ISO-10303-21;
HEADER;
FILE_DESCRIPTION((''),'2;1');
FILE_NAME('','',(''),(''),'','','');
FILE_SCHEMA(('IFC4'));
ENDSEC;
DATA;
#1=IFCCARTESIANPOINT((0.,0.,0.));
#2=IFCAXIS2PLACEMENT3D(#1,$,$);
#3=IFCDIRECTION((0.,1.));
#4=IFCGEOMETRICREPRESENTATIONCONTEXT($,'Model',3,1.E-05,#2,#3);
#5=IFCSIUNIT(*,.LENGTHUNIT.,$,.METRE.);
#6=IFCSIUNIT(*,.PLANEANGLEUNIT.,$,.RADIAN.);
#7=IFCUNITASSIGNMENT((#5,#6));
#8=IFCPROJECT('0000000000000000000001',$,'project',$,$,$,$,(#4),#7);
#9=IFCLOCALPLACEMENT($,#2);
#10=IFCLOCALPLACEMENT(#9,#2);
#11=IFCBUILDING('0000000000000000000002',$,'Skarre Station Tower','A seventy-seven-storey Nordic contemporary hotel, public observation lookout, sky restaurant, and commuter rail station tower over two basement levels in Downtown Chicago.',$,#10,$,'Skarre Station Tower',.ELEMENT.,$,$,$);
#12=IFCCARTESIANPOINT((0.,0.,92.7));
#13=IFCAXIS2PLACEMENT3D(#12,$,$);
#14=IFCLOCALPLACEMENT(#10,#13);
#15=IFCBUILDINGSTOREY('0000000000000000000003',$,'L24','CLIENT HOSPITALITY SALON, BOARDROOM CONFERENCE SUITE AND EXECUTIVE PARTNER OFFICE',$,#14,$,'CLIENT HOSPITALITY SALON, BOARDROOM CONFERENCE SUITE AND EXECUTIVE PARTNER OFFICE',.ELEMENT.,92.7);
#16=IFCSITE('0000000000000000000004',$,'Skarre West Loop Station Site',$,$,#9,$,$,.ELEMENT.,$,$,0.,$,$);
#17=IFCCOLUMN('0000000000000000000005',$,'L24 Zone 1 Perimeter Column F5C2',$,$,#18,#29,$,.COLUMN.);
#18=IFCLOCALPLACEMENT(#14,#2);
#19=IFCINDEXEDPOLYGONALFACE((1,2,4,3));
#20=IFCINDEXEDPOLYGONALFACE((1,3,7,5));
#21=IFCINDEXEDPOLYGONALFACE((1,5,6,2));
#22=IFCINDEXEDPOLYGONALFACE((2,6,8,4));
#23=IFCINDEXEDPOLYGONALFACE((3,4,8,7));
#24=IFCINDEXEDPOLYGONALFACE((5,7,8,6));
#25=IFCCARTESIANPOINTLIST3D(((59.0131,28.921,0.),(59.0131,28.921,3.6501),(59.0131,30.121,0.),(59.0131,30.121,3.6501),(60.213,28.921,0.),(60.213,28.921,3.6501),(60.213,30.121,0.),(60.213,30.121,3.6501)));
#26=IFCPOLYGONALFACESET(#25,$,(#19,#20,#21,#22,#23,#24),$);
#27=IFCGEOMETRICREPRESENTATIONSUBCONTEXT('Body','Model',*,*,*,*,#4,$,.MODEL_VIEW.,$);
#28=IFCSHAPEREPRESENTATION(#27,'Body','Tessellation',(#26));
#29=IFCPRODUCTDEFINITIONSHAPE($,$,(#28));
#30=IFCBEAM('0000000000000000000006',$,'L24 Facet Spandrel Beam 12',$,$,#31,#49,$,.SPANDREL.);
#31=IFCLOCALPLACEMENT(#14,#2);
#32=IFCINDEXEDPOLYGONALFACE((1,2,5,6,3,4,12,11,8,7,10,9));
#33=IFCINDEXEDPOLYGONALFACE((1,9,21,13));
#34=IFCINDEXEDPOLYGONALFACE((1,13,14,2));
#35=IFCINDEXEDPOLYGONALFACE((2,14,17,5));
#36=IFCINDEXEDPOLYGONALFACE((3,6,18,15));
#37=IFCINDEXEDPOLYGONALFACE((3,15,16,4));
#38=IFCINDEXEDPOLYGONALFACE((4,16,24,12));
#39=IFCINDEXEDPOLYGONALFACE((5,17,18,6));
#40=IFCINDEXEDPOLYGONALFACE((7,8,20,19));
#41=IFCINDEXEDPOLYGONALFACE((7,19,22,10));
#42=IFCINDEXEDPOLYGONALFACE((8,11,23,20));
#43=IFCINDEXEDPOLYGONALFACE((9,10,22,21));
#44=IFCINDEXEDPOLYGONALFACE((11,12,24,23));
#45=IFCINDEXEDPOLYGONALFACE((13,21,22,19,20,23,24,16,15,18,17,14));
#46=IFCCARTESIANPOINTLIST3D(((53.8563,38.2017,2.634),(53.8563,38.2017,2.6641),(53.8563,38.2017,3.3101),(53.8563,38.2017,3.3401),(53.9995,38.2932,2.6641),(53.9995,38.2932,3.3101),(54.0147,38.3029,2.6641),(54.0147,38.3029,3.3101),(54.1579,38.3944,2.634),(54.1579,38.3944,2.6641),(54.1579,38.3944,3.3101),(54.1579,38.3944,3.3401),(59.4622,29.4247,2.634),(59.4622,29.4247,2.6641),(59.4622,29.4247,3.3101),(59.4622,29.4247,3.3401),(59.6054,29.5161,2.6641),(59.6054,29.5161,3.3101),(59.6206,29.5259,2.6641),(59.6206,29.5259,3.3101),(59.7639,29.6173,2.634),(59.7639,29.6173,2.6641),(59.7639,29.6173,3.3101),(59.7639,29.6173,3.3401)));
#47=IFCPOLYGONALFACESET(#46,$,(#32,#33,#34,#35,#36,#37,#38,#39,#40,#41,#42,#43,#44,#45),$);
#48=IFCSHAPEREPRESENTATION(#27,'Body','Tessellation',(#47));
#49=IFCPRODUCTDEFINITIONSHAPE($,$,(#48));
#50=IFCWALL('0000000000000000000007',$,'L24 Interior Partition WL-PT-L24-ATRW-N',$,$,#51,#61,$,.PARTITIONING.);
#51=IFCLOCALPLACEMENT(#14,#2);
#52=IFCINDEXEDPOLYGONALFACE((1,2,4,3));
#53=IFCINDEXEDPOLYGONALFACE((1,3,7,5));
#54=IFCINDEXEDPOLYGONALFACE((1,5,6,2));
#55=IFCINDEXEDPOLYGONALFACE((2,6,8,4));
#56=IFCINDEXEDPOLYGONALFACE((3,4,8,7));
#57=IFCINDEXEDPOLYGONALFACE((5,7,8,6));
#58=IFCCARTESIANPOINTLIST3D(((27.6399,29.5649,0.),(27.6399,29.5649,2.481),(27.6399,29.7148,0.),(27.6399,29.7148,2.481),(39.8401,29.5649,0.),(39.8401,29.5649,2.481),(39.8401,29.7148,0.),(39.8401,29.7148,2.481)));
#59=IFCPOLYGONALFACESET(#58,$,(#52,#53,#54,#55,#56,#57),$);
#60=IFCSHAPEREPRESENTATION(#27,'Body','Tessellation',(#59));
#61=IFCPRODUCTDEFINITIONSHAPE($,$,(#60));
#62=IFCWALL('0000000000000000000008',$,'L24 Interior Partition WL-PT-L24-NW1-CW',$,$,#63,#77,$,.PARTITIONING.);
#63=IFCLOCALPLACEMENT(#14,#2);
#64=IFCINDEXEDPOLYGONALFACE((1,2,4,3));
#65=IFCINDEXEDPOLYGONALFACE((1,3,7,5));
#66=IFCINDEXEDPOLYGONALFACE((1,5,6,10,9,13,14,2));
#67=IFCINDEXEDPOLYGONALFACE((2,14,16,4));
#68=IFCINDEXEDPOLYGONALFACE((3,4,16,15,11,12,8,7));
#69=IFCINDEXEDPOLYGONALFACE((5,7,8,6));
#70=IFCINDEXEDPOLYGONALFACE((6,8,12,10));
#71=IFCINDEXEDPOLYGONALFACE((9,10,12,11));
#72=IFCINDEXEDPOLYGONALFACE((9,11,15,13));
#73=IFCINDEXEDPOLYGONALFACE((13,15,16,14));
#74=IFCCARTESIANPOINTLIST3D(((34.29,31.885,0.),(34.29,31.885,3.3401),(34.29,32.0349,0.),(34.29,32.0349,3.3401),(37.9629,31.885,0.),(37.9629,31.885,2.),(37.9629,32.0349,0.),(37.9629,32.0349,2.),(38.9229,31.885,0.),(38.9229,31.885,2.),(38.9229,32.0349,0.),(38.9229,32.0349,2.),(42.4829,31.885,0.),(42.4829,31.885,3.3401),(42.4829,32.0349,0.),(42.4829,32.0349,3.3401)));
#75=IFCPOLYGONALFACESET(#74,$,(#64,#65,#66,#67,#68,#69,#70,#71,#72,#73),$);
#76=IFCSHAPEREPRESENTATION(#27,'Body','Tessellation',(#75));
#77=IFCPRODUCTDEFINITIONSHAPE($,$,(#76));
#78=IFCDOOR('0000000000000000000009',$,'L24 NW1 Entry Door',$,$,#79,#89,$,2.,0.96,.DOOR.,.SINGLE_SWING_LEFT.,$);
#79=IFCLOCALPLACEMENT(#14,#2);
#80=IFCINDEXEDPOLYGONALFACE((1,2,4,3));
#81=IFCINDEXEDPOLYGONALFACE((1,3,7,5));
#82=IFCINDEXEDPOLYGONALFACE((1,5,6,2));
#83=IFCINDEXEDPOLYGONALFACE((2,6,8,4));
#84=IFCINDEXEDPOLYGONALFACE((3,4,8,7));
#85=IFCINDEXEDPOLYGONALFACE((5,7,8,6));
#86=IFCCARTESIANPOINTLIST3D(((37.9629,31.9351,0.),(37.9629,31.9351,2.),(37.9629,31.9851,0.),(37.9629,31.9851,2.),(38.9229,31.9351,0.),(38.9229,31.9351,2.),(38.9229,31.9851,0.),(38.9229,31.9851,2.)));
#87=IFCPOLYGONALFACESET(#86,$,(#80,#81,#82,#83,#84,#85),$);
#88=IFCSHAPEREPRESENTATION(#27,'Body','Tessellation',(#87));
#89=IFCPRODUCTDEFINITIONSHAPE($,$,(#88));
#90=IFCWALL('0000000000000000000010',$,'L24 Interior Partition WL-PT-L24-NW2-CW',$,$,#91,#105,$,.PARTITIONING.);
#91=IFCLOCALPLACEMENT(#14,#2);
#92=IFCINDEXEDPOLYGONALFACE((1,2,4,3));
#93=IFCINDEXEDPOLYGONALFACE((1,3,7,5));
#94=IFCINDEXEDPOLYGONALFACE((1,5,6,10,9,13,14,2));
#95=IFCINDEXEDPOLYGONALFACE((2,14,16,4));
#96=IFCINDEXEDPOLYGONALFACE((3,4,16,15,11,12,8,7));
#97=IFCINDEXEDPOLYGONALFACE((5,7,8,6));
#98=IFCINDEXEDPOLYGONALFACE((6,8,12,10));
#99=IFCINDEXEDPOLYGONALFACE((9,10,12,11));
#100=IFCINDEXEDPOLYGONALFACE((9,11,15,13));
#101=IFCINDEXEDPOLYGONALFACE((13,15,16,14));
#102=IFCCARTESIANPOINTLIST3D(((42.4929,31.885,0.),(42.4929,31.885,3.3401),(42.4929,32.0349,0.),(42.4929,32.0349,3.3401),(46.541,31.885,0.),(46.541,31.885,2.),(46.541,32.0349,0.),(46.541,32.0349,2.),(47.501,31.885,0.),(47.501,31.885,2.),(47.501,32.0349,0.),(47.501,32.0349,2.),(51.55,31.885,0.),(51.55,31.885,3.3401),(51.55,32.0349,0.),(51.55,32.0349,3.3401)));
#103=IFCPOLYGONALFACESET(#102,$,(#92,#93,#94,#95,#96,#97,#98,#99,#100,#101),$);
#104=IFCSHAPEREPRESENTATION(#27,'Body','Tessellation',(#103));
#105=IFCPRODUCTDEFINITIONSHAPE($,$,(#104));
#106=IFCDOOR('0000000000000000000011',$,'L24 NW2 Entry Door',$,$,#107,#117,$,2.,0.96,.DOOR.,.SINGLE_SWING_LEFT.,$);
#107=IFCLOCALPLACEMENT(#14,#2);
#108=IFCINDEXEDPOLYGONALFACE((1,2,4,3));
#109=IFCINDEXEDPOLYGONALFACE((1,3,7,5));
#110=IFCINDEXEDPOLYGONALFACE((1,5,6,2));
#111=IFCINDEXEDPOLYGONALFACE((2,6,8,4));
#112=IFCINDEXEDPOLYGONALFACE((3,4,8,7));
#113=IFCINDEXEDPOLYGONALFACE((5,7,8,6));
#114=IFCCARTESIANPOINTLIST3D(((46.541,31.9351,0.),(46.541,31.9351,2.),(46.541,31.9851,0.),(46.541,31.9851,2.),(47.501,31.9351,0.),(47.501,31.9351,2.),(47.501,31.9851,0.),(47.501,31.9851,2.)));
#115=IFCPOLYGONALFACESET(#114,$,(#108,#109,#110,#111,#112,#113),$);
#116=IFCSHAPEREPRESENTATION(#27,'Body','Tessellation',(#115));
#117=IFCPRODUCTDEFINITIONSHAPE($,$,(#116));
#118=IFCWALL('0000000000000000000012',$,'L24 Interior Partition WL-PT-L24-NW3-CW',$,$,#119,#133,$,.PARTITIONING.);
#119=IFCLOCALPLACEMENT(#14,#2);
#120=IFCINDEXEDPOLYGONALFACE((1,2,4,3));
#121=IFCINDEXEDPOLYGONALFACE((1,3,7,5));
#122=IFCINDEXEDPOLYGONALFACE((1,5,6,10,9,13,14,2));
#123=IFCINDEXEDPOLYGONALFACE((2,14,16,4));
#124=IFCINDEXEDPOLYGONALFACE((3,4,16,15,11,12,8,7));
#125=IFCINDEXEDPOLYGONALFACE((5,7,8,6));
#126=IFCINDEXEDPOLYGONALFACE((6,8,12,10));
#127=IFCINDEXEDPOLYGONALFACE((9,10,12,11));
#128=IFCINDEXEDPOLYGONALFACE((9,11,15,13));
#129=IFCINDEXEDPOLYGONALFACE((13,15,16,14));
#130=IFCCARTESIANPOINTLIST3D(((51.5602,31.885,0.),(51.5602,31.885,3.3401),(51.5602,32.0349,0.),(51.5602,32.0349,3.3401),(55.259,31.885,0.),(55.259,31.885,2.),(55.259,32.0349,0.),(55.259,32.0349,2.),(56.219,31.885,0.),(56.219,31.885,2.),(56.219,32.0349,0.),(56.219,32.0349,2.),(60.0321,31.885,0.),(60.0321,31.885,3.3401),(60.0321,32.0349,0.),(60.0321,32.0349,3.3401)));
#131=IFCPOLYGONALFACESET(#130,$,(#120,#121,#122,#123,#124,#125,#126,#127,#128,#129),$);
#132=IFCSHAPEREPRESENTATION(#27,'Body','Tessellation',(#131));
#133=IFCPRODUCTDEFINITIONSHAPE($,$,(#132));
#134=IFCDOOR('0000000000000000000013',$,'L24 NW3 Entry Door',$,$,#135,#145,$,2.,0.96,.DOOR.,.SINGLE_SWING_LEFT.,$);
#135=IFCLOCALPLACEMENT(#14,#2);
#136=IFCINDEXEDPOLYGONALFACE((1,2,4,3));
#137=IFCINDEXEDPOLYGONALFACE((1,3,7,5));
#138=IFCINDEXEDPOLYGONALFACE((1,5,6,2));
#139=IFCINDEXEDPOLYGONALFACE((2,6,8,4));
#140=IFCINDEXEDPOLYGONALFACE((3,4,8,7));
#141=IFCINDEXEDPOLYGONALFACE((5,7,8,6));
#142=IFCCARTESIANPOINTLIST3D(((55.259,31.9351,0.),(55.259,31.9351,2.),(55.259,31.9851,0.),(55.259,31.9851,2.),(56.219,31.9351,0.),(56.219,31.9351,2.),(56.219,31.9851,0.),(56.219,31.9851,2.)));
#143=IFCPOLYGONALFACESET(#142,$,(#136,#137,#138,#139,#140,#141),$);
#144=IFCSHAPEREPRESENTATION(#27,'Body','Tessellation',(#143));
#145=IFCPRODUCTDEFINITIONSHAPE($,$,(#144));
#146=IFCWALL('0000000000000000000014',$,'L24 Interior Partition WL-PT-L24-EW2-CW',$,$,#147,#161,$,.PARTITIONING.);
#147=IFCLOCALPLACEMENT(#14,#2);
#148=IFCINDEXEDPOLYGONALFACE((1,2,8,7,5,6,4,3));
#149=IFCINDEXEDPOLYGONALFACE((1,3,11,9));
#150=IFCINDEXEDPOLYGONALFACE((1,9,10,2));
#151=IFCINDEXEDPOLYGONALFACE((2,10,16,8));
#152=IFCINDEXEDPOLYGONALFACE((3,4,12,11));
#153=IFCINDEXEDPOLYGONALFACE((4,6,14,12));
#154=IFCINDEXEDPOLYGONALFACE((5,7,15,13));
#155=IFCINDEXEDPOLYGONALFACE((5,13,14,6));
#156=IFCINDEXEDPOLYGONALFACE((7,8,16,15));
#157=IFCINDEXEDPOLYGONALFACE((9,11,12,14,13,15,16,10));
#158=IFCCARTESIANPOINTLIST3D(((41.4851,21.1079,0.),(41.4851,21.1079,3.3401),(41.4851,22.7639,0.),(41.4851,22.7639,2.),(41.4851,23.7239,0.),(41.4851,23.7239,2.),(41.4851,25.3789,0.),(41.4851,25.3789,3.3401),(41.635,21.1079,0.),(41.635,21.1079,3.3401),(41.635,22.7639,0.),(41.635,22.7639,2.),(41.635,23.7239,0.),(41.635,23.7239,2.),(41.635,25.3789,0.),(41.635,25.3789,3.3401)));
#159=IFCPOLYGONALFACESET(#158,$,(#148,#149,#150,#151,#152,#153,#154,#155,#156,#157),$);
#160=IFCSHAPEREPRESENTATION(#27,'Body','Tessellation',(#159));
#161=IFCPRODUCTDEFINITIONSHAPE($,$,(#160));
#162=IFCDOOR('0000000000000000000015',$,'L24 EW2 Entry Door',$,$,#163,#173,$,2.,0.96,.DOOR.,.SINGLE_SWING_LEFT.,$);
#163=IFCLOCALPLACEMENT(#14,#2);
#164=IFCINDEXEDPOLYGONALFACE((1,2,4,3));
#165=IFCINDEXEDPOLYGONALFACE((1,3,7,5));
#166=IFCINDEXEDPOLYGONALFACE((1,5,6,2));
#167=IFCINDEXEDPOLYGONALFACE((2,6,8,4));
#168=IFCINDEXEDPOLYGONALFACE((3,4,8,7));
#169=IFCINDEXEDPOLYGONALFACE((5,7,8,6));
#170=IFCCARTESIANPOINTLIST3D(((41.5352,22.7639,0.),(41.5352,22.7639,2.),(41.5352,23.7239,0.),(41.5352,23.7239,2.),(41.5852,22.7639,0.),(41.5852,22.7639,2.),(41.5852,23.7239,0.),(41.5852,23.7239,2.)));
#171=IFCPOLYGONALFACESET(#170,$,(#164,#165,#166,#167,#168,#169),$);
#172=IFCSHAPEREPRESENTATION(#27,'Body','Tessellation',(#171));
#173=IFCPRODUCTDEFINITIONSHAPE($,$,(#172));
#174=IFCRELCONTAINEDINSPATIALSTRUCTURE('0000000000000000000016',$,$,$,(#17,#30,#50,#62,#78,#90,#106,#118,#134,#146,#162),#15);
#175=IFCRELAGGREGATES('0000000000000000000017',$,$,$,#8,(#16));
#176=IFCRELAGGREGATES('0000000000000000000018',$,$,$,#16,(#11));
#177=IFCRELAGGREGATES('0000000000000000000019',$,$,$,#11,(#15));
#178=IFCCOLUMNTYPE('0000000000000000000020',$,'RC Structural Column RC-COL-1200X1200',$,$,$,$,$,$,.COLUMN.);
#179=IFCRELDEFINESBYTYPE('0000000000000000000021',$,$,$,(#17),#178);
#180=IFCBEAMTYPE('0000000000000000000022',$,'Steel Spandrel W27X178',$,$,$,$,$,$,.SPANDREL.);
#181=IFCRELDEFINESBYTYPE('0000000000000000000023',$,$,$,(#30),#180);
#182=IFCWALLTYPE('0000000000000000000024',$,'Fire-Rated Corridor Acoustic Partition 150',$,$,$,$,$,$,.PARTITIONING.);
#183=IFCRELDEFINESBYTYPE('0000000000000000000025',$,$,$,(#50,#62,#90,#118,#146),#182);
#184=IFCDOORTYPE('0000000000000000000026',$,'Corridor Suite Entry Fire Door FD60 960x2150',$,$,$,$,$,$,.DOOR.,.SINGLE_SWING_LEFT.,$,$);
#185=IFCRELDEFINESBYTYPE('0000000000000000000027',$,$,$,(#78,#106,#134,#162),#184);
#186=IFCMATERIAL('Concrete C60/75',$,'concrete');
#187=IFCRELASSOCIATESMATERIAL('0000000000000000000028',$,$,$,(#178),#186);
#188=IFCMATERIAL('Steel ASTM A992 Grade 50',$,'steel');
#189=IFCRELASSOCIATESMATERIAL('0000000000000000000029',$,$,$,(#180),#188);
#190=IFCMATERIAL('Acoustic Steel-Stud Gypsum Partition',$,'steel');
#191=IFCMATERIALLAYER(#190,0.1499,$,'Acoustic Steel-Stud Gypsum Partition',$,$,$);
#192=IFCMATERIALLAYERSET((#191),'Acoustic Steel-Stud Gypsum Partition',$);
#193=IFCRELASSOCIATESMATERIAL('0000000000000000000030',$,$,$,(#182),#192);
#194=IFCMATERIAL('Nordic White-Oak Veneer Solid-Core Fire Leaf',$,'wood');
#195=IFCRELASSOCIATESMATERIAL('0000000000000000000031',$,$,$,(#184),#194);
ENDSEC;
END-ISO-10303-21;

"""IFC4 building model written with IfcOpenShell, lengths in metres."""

from ifc_helpers import new_model, si_unit, direction, frame, frame_2d, origin, origin_2d, place, context, subcontext, project, spatial, rectangle, i_section, extrude, material, layer, layer_set, material_profile, profile_set, type_object, element, fill, save


model = new_model("IFC4")

# Units and contexts
model_context = context("Model", 3, precision=1e-05, world=origin(), true_north=direction((0.0, 1.0)))
body_context = subcontext(model_context, "Body", "Model", "MODEL_VIEW")
ifc_project = project(units=[si_unit("LENGTHUNIT", "METRE"), si_unit("PLANEANGLEUNIT", "RADIAN")], contexts=[model_context])

# Site, building, storey
site_placement = place(None, origin())
site = spatial("IfcSite", under=ifc_project, at=site_placement, Name="Skarre West Loop Station Site", CompositionType="ELEMENT", RefElevation=0.0)
building_placement = place(site_placement, origin())
building = spatial("IfcBuilding", under=site, at=building_placement, Name="Skarre Station Tower", Description="A seventy-seven-storey Nordic contemporary hotel, public observation lookout, sky restaurant, and commuter rail station tower over two basement levels in Downtown Chicago.", LongName="Skarre Station Tower", CompositionType="ELEMENT")
storey_placement = place(building_placement, frame((0.0, 0.0, 92.7)))
storey = spatial("IfcBuildingStorey", under=building, at=storey_placement, Name="L24", Description="CLIENT HOSPITALITY SALON, BOARDROOM CONFERENCE SUITE AND EXECUTIVE PARTNER OFFICE", LongName="CLIENT HOSPITALITY SALON, BOARDROOM CONFERENCE SUITE AND EXECUTIVE PARTNER OFFICE", CompositionType="ELEMENT", Elevation=92.7)

# Column
ifc_material_1 = material(Name="Concrete C60/75", Category="concrete")
ifc_material_profile_1 = material_profile(ifc_material_1, rectangle(XDim=1.2, YDim=1.2, at=origin_2d()), Name="Concrete C60/75")
ifc_profile_set_1 = profile_set([ifc_material_profile_1], Name="Concrete C60/75")
column_type = type_object("IfcColumnType", Name="RC Structural Column RC-COL-1200X1200", PredefinedType="COLUMN", material=ifc_profile_set_1)
column_placement = place(storey_placement, frame((59.613, 29.521, 0.0), z_axis=(0.0, 0.0, 1.0), x_axis=(1.0, 0.0, 0.0)))
element("IfcColumn", 1, at=column_placement, inside=storey, type_object=column_type, Name="L24 Zone 1 Perimeter Column F5C2", PredefinedType="COLUMN", context=body_context, shape_type="SweptSolid", body=[
    extrude(rectangle(XDim=1.2, YDim=1.2, at=origin_2d()), origin(), (0.0, 0.0, 1.0), 3.6501),
])

# Beam
ifc_material_2 = material(Name="Steel ASTM A992 Grade 50", Category="steel")
ifc_material_profile_2 = material_profile(ifc_material_2, i_section(OverallWidth=0.3579, OverallDepth=0.7061, WebThickness=0.0181, FlangeThickness=0.03, at=origin_2d()), Name="Steel ASTM A992 Grade 50")
ifc_profile_set_2 = profile_set([ifc_material_profile_2], Name="Steel ASTM A992 Grade 50")
beam_type = type_object("IfcBeamType", Name="Steel Spandrel W27X178", PredefinedType="SPANDREL", material=ifc_profile_set_2)
beam_placement = place(storey_placement, frame((59.613, 29.521, 2.9871), z_axis=(-0.538278, 0.842767, 0.0), x_axis=(-0.842767, -0.538278, 0.0)))
element("IfcBeam", 2, at=beam_placement, inside=storey, type_object=beam_type, Name="L24 Facet Spandrel Beam 12", PredefinedType="SPANDREL", context=body_context, shape_type="SweptSolid", body=[
    extrude(i_section(OverallWidth=0.3579, OverallDepth=0.7061, WebThickness=0.0181, FlangeThickness=0.03, at=origin_2d()), origin(), (0.0, 0.0, 1.0), 10.4146),
])

# Wall
ifc_material_3 = material(Name="Acoustic Steel-Stud Gypsum Partition", Category="steel")
ifc_layer_1 = layer(ifc_material_3, 0.1499, Name="Acoustic Steel-Stud Gypsum Partition")
ifc_layer_set_1 = layer_set([ifc_layer_1], Name="Acoustic Steel-Stud Gypsum Partition")
wall_type_1 = type_object("IfcWallType", Name="Fire-Rated Corridor Acoustic Partition 150", PredefinedType="PARTITIONING", material=ifc_layer_set_1)
wall_1_placement = place(storey_placement, frame((39.8401, 29.6399, 0.0), z_axis=(0.0, 0.0, 1.0), x_axis=(-1.0, 0.0, 0.0)))
element("IfcWall", 3, at=wall_1_placement, inside=storey, type_object=wall_type_1, Name="L24 Interior Partition WL-PT-L24-ATRW-N", PredefinedType="PARTITIONING", context=body_context, shape_type="SweptSolid", body=[
    extrude(rectangle(XDim=12.2002, YDim=0.1499, at=frame_2d((6.1001, 0.0))), origin(), (0.0, 0.0, 1.0), 2.481),
])

# Walls, openings, doors
wall_2_placement = place(storey_placement, frame((42.4829, 31.96, 0.0), z_axis=(0.0, 0.0, 1.0), x_axis=(-1.0, 0.0, 0.0)))
wall_2 = element("IfcWall", 4, at=wall_2_placement, inside=storey, type_object=wall_type_1, Name="L24 Interior Partition WL-PT-L24-NW1-CW", PredefinedType="PARTITIONING", context=body_context, shape_type="SweptSolid", body=[
    extrude(rectangle(XDim=8.1929, YDim=0.1499, at=frame_2d((4.0964, 0.0))), origin(), (0.0, 0.0, 1.0), 3.3401),
])
opening_1_placement = place(wall_2_placement, frame((3.5601, 0.0, 0.0)))
opening_1 = element("IfcOpeningElement", 5, at=opening_1_placement, cuts=wall_2, PredefinedType="OPENING", context=body_context, shape_type="SweptSolid", body=[
    extrude(rectangle(XDim=0.96, YDim=2.0, at=frame_2d((0.48, 1.0))), frame((0.0, 0.085, 0.0), z_axis=(0.0, -1.0, 0.0), x_axis=(1.0, 0.0, 0.0)), (0.0, 0.0, 1.0), 0.1699),
])
ifc_material_4 = material(Name="Nordic White-Oak Veneer Solid-Core Fire Leaf", Category="wood")
door_type = type_object("IfcDoorType", Name="Corridor Suite Entry Fire Door FD60 960x2150", OperationType="SINGLE_SWING_LEFT", PredefinedType="DOOR", material=ifc_material_4)
door_1_placement = place(opening_1_placement, origin())
door_1 = element("IfcDoor", 6, at=door_1_placement, inside=storey, type_object=door_type, Name="L24 NW1 Entry Door", OperationType="SINGLE_SWING_LEFT", OverallHeight=2.0, OverallWidth=0.96, PredefinedType="DOOR", context=body_context, shape_type="SweptSolid", body=[
    extrude(rectangle(XDim=0.96, YDim=2.0, at=frame_2d((0.48, 1.0))), frame((0.0, 0.0249, 0.0), z_axis=(0.0, -1.0, 0.0), x_axis=(1.0, 0.0, 0.0)), (0.0, 0.0, 1.0), 0.05),
])
fill(opening_1, door_1)
wall_3_placement = place(storey_placement, frame((51.55, 31.96, 0.0), z_axis=(0.0, 0.0, 1.0), x_axis=(-1.0, 0.0, 0.0)))
wall_3 = element("IfcWall", 7, at=wall_3_placement, inside=storey, type_object=wall_type_1, Name="L24 Interior Partition WL-PT-L24-NW2-CW", PredefinedType="PARTITIONING", context=body_context, shape_type="SweptSolid", body=[
    extrude(rectangle(XDim=9.0571, YDim=0.1499, at=frame_2d((4.5286, 0.0))), origin(), (0.0, 0.0, 1.0), 3.3401),
])
opening_2_placement = place(wall_3_placement, frame((4.0491, 0.0, 0.0)))
opening_2 = element("IfcOpeningElement", 8, at=opening_2_placement, cuts=wall_3, PredefinedType="OPENING", context=body_context, shape_type="SweptSolid", body=[
    extrude(rectangle(XDim=0.96, YDim=2.0, at=frame_2d((0.48, 1.0))), frame((0.0, 0.085, 0.0), z_axis=(0.0, -1.0, 0.0), x_axis=(1.0, 0.0, 0.0)), (0.0, 0.0, 1.0), 0.1699),
])
door_2_placement = place(opening_2_placement, origin())
door_2 = element("IfcDoor", 9, at=door_2_placement, inside=storey, type_object=door_type, Name="L24 NW2 Entry Door", OperationType="SINGLE_SWING_LEFT", OverallHeight=2.0, OverallWidth=0.96, PredefinedType="DOOR", context=body_context, shape_type="SweptSolid", body=[
    extrude(rectangle(XDim=0.96, YDim=2.0, at=frame_2d((0.48, 1.0))), frame((0.0, 0.0249, 0.0), z_axis=(0.0, -1.0, 0.0), x_axis=(1.0, 0.0, 0.0)), (0.0, 0.0, 1.0), 0.05),
])
fill(opening_2, door_2)
wall_4_placement = place(storey_placement, frame((60.032, 31.96, 0.0), z_axis=(0.0, 0.0, 1.0), x_axis=(-1.0, 0.0, 0.0)))
wall_4 = element("IfcWall", 10, at=wall_4_placement, inside=storey, type_object=wall_type_1, Name="L24 Interior Partition WL-PT-L24-NW3-CW", PredefinedType="PARTITIONING", context=body_context, shape_type="SweptSolid", body=[
    extrude(rectangle(XDim=8.4719, YDim=0.1499, at=frame_2d((4.2358, 0.0))), origin(), (0.0, 0.0, 1.0), 3.3401),
])
opening_3_placement = place(wall_4_placement, frame((3.813, 0.0, 0.0)))
opening_3 = element("IfcOpeningElement", 11, at=opening_3_placement, cuts=wall_4, PredefinedType="OPENING", context=body_context, shape_type="SweptSolid", body=[
    extrude(rectangle(XDim=0.96, YDim=2.0, at=frame_2d((0.48, 1.0))), frame((0.0, 0.085, 0.0), z_axis=(0.0, -1.0, 0.0), x_axis=(1.0, 0.0, 0.0)), (0.0, 0.0, 1.0), 0.1699),
])
door_3_placement = place(opening_3_placement, origin())
door_3 = element("IfcDoor", 12, at=door_3_placement, inside=storey, type_object=door_type, Name="L24 NW3 Entry Door", OperationType="SINGLE_SWING_LEFT", OverallHeight=2.0, OverallWidth=0.96, PredefinedType="DOOR", context=body_context, shape_type="SweptSolid", body=[
    extrude(rectangle(XDim=0.96, YDim=2.0, at=frame_2d((0.48, 1.0))), frame((0.0, 0.0249, 0.0), z_axis=(0.0, -1.0, 0.0), x_axis=(1.0, 0.0, 0.0)), (0.0, 0.0, 1.0), 0.05),
])
fill(opening_3, door_3)
wall_5_placement = place(storey_placement, frame((41.5601, 21.1079, 0.0), z_axis=(0.0, 0.0, 1.0), x_axis=(0.0, 1.0, 0.0)))
wall_5 = element("IfcWall", 13, at=wall_5_placement, inside=storey, type_object=wall_type_1, Name="L24 Interior Partition WL-PT-L24-EW2-CW", PredefinedType="PARTITIONING", context=body_context, shape_type="SweptSolid", body=[
    extrude(rectangle(XDim=4.271, YDim=0.1499, at=frame_2d((2.1355, 0.0))), origin(), (0.0, 0.0, 1.0), 3.3401),
])
opening_4_placement = place(wall_5_placement, frame((1.656, 0.0, 0.0)))
opening_4 = element("IfcOpeningElement", 14, at=opening_4_placement, cuts=wall_5, PredefinedType="OPENING", context=body_context, shape_type="SweptSolid", body=[
    extrude(rectangle(XDim=0.96, YDim=2.0, at=frame_2d((0.48, 1.0))), frame((0.0, 0.085, 0.0), z_axis=(0.0, -1.0, 0.0), x_axis=(1.0, 0.0, 0.0)), (0.0, 0.0, 1.0), 0.1699),
])
door_4_placement = place(opening_4_placement, origin())
door_4 = element("IfcDoor", 15, at=door_4_placement, inside=storey, type_object=door_type, Name="L24 EW2 Entry Door", OperationType="SINGLE_SWING_LEFT", OverallHeight=2.0, OverallWidth=0.96, PredefinedType="DOOR", context=body_context, shape_type="SweptSolid", body=[
    extrude(rectangle(XDim=0.96, YDim=2.0, at=frame_2d((0.48, 1.0))), frame((0.0, 0.0249, 0.0), z_axis=(0.0, -1.0, 0.0), x_axis=(1.0, 0.0, 0.0)), (0.0, 0.0, 1.0), 0.05),
])
fill(opening_4, door_4)

save(model, "model.ifc")
